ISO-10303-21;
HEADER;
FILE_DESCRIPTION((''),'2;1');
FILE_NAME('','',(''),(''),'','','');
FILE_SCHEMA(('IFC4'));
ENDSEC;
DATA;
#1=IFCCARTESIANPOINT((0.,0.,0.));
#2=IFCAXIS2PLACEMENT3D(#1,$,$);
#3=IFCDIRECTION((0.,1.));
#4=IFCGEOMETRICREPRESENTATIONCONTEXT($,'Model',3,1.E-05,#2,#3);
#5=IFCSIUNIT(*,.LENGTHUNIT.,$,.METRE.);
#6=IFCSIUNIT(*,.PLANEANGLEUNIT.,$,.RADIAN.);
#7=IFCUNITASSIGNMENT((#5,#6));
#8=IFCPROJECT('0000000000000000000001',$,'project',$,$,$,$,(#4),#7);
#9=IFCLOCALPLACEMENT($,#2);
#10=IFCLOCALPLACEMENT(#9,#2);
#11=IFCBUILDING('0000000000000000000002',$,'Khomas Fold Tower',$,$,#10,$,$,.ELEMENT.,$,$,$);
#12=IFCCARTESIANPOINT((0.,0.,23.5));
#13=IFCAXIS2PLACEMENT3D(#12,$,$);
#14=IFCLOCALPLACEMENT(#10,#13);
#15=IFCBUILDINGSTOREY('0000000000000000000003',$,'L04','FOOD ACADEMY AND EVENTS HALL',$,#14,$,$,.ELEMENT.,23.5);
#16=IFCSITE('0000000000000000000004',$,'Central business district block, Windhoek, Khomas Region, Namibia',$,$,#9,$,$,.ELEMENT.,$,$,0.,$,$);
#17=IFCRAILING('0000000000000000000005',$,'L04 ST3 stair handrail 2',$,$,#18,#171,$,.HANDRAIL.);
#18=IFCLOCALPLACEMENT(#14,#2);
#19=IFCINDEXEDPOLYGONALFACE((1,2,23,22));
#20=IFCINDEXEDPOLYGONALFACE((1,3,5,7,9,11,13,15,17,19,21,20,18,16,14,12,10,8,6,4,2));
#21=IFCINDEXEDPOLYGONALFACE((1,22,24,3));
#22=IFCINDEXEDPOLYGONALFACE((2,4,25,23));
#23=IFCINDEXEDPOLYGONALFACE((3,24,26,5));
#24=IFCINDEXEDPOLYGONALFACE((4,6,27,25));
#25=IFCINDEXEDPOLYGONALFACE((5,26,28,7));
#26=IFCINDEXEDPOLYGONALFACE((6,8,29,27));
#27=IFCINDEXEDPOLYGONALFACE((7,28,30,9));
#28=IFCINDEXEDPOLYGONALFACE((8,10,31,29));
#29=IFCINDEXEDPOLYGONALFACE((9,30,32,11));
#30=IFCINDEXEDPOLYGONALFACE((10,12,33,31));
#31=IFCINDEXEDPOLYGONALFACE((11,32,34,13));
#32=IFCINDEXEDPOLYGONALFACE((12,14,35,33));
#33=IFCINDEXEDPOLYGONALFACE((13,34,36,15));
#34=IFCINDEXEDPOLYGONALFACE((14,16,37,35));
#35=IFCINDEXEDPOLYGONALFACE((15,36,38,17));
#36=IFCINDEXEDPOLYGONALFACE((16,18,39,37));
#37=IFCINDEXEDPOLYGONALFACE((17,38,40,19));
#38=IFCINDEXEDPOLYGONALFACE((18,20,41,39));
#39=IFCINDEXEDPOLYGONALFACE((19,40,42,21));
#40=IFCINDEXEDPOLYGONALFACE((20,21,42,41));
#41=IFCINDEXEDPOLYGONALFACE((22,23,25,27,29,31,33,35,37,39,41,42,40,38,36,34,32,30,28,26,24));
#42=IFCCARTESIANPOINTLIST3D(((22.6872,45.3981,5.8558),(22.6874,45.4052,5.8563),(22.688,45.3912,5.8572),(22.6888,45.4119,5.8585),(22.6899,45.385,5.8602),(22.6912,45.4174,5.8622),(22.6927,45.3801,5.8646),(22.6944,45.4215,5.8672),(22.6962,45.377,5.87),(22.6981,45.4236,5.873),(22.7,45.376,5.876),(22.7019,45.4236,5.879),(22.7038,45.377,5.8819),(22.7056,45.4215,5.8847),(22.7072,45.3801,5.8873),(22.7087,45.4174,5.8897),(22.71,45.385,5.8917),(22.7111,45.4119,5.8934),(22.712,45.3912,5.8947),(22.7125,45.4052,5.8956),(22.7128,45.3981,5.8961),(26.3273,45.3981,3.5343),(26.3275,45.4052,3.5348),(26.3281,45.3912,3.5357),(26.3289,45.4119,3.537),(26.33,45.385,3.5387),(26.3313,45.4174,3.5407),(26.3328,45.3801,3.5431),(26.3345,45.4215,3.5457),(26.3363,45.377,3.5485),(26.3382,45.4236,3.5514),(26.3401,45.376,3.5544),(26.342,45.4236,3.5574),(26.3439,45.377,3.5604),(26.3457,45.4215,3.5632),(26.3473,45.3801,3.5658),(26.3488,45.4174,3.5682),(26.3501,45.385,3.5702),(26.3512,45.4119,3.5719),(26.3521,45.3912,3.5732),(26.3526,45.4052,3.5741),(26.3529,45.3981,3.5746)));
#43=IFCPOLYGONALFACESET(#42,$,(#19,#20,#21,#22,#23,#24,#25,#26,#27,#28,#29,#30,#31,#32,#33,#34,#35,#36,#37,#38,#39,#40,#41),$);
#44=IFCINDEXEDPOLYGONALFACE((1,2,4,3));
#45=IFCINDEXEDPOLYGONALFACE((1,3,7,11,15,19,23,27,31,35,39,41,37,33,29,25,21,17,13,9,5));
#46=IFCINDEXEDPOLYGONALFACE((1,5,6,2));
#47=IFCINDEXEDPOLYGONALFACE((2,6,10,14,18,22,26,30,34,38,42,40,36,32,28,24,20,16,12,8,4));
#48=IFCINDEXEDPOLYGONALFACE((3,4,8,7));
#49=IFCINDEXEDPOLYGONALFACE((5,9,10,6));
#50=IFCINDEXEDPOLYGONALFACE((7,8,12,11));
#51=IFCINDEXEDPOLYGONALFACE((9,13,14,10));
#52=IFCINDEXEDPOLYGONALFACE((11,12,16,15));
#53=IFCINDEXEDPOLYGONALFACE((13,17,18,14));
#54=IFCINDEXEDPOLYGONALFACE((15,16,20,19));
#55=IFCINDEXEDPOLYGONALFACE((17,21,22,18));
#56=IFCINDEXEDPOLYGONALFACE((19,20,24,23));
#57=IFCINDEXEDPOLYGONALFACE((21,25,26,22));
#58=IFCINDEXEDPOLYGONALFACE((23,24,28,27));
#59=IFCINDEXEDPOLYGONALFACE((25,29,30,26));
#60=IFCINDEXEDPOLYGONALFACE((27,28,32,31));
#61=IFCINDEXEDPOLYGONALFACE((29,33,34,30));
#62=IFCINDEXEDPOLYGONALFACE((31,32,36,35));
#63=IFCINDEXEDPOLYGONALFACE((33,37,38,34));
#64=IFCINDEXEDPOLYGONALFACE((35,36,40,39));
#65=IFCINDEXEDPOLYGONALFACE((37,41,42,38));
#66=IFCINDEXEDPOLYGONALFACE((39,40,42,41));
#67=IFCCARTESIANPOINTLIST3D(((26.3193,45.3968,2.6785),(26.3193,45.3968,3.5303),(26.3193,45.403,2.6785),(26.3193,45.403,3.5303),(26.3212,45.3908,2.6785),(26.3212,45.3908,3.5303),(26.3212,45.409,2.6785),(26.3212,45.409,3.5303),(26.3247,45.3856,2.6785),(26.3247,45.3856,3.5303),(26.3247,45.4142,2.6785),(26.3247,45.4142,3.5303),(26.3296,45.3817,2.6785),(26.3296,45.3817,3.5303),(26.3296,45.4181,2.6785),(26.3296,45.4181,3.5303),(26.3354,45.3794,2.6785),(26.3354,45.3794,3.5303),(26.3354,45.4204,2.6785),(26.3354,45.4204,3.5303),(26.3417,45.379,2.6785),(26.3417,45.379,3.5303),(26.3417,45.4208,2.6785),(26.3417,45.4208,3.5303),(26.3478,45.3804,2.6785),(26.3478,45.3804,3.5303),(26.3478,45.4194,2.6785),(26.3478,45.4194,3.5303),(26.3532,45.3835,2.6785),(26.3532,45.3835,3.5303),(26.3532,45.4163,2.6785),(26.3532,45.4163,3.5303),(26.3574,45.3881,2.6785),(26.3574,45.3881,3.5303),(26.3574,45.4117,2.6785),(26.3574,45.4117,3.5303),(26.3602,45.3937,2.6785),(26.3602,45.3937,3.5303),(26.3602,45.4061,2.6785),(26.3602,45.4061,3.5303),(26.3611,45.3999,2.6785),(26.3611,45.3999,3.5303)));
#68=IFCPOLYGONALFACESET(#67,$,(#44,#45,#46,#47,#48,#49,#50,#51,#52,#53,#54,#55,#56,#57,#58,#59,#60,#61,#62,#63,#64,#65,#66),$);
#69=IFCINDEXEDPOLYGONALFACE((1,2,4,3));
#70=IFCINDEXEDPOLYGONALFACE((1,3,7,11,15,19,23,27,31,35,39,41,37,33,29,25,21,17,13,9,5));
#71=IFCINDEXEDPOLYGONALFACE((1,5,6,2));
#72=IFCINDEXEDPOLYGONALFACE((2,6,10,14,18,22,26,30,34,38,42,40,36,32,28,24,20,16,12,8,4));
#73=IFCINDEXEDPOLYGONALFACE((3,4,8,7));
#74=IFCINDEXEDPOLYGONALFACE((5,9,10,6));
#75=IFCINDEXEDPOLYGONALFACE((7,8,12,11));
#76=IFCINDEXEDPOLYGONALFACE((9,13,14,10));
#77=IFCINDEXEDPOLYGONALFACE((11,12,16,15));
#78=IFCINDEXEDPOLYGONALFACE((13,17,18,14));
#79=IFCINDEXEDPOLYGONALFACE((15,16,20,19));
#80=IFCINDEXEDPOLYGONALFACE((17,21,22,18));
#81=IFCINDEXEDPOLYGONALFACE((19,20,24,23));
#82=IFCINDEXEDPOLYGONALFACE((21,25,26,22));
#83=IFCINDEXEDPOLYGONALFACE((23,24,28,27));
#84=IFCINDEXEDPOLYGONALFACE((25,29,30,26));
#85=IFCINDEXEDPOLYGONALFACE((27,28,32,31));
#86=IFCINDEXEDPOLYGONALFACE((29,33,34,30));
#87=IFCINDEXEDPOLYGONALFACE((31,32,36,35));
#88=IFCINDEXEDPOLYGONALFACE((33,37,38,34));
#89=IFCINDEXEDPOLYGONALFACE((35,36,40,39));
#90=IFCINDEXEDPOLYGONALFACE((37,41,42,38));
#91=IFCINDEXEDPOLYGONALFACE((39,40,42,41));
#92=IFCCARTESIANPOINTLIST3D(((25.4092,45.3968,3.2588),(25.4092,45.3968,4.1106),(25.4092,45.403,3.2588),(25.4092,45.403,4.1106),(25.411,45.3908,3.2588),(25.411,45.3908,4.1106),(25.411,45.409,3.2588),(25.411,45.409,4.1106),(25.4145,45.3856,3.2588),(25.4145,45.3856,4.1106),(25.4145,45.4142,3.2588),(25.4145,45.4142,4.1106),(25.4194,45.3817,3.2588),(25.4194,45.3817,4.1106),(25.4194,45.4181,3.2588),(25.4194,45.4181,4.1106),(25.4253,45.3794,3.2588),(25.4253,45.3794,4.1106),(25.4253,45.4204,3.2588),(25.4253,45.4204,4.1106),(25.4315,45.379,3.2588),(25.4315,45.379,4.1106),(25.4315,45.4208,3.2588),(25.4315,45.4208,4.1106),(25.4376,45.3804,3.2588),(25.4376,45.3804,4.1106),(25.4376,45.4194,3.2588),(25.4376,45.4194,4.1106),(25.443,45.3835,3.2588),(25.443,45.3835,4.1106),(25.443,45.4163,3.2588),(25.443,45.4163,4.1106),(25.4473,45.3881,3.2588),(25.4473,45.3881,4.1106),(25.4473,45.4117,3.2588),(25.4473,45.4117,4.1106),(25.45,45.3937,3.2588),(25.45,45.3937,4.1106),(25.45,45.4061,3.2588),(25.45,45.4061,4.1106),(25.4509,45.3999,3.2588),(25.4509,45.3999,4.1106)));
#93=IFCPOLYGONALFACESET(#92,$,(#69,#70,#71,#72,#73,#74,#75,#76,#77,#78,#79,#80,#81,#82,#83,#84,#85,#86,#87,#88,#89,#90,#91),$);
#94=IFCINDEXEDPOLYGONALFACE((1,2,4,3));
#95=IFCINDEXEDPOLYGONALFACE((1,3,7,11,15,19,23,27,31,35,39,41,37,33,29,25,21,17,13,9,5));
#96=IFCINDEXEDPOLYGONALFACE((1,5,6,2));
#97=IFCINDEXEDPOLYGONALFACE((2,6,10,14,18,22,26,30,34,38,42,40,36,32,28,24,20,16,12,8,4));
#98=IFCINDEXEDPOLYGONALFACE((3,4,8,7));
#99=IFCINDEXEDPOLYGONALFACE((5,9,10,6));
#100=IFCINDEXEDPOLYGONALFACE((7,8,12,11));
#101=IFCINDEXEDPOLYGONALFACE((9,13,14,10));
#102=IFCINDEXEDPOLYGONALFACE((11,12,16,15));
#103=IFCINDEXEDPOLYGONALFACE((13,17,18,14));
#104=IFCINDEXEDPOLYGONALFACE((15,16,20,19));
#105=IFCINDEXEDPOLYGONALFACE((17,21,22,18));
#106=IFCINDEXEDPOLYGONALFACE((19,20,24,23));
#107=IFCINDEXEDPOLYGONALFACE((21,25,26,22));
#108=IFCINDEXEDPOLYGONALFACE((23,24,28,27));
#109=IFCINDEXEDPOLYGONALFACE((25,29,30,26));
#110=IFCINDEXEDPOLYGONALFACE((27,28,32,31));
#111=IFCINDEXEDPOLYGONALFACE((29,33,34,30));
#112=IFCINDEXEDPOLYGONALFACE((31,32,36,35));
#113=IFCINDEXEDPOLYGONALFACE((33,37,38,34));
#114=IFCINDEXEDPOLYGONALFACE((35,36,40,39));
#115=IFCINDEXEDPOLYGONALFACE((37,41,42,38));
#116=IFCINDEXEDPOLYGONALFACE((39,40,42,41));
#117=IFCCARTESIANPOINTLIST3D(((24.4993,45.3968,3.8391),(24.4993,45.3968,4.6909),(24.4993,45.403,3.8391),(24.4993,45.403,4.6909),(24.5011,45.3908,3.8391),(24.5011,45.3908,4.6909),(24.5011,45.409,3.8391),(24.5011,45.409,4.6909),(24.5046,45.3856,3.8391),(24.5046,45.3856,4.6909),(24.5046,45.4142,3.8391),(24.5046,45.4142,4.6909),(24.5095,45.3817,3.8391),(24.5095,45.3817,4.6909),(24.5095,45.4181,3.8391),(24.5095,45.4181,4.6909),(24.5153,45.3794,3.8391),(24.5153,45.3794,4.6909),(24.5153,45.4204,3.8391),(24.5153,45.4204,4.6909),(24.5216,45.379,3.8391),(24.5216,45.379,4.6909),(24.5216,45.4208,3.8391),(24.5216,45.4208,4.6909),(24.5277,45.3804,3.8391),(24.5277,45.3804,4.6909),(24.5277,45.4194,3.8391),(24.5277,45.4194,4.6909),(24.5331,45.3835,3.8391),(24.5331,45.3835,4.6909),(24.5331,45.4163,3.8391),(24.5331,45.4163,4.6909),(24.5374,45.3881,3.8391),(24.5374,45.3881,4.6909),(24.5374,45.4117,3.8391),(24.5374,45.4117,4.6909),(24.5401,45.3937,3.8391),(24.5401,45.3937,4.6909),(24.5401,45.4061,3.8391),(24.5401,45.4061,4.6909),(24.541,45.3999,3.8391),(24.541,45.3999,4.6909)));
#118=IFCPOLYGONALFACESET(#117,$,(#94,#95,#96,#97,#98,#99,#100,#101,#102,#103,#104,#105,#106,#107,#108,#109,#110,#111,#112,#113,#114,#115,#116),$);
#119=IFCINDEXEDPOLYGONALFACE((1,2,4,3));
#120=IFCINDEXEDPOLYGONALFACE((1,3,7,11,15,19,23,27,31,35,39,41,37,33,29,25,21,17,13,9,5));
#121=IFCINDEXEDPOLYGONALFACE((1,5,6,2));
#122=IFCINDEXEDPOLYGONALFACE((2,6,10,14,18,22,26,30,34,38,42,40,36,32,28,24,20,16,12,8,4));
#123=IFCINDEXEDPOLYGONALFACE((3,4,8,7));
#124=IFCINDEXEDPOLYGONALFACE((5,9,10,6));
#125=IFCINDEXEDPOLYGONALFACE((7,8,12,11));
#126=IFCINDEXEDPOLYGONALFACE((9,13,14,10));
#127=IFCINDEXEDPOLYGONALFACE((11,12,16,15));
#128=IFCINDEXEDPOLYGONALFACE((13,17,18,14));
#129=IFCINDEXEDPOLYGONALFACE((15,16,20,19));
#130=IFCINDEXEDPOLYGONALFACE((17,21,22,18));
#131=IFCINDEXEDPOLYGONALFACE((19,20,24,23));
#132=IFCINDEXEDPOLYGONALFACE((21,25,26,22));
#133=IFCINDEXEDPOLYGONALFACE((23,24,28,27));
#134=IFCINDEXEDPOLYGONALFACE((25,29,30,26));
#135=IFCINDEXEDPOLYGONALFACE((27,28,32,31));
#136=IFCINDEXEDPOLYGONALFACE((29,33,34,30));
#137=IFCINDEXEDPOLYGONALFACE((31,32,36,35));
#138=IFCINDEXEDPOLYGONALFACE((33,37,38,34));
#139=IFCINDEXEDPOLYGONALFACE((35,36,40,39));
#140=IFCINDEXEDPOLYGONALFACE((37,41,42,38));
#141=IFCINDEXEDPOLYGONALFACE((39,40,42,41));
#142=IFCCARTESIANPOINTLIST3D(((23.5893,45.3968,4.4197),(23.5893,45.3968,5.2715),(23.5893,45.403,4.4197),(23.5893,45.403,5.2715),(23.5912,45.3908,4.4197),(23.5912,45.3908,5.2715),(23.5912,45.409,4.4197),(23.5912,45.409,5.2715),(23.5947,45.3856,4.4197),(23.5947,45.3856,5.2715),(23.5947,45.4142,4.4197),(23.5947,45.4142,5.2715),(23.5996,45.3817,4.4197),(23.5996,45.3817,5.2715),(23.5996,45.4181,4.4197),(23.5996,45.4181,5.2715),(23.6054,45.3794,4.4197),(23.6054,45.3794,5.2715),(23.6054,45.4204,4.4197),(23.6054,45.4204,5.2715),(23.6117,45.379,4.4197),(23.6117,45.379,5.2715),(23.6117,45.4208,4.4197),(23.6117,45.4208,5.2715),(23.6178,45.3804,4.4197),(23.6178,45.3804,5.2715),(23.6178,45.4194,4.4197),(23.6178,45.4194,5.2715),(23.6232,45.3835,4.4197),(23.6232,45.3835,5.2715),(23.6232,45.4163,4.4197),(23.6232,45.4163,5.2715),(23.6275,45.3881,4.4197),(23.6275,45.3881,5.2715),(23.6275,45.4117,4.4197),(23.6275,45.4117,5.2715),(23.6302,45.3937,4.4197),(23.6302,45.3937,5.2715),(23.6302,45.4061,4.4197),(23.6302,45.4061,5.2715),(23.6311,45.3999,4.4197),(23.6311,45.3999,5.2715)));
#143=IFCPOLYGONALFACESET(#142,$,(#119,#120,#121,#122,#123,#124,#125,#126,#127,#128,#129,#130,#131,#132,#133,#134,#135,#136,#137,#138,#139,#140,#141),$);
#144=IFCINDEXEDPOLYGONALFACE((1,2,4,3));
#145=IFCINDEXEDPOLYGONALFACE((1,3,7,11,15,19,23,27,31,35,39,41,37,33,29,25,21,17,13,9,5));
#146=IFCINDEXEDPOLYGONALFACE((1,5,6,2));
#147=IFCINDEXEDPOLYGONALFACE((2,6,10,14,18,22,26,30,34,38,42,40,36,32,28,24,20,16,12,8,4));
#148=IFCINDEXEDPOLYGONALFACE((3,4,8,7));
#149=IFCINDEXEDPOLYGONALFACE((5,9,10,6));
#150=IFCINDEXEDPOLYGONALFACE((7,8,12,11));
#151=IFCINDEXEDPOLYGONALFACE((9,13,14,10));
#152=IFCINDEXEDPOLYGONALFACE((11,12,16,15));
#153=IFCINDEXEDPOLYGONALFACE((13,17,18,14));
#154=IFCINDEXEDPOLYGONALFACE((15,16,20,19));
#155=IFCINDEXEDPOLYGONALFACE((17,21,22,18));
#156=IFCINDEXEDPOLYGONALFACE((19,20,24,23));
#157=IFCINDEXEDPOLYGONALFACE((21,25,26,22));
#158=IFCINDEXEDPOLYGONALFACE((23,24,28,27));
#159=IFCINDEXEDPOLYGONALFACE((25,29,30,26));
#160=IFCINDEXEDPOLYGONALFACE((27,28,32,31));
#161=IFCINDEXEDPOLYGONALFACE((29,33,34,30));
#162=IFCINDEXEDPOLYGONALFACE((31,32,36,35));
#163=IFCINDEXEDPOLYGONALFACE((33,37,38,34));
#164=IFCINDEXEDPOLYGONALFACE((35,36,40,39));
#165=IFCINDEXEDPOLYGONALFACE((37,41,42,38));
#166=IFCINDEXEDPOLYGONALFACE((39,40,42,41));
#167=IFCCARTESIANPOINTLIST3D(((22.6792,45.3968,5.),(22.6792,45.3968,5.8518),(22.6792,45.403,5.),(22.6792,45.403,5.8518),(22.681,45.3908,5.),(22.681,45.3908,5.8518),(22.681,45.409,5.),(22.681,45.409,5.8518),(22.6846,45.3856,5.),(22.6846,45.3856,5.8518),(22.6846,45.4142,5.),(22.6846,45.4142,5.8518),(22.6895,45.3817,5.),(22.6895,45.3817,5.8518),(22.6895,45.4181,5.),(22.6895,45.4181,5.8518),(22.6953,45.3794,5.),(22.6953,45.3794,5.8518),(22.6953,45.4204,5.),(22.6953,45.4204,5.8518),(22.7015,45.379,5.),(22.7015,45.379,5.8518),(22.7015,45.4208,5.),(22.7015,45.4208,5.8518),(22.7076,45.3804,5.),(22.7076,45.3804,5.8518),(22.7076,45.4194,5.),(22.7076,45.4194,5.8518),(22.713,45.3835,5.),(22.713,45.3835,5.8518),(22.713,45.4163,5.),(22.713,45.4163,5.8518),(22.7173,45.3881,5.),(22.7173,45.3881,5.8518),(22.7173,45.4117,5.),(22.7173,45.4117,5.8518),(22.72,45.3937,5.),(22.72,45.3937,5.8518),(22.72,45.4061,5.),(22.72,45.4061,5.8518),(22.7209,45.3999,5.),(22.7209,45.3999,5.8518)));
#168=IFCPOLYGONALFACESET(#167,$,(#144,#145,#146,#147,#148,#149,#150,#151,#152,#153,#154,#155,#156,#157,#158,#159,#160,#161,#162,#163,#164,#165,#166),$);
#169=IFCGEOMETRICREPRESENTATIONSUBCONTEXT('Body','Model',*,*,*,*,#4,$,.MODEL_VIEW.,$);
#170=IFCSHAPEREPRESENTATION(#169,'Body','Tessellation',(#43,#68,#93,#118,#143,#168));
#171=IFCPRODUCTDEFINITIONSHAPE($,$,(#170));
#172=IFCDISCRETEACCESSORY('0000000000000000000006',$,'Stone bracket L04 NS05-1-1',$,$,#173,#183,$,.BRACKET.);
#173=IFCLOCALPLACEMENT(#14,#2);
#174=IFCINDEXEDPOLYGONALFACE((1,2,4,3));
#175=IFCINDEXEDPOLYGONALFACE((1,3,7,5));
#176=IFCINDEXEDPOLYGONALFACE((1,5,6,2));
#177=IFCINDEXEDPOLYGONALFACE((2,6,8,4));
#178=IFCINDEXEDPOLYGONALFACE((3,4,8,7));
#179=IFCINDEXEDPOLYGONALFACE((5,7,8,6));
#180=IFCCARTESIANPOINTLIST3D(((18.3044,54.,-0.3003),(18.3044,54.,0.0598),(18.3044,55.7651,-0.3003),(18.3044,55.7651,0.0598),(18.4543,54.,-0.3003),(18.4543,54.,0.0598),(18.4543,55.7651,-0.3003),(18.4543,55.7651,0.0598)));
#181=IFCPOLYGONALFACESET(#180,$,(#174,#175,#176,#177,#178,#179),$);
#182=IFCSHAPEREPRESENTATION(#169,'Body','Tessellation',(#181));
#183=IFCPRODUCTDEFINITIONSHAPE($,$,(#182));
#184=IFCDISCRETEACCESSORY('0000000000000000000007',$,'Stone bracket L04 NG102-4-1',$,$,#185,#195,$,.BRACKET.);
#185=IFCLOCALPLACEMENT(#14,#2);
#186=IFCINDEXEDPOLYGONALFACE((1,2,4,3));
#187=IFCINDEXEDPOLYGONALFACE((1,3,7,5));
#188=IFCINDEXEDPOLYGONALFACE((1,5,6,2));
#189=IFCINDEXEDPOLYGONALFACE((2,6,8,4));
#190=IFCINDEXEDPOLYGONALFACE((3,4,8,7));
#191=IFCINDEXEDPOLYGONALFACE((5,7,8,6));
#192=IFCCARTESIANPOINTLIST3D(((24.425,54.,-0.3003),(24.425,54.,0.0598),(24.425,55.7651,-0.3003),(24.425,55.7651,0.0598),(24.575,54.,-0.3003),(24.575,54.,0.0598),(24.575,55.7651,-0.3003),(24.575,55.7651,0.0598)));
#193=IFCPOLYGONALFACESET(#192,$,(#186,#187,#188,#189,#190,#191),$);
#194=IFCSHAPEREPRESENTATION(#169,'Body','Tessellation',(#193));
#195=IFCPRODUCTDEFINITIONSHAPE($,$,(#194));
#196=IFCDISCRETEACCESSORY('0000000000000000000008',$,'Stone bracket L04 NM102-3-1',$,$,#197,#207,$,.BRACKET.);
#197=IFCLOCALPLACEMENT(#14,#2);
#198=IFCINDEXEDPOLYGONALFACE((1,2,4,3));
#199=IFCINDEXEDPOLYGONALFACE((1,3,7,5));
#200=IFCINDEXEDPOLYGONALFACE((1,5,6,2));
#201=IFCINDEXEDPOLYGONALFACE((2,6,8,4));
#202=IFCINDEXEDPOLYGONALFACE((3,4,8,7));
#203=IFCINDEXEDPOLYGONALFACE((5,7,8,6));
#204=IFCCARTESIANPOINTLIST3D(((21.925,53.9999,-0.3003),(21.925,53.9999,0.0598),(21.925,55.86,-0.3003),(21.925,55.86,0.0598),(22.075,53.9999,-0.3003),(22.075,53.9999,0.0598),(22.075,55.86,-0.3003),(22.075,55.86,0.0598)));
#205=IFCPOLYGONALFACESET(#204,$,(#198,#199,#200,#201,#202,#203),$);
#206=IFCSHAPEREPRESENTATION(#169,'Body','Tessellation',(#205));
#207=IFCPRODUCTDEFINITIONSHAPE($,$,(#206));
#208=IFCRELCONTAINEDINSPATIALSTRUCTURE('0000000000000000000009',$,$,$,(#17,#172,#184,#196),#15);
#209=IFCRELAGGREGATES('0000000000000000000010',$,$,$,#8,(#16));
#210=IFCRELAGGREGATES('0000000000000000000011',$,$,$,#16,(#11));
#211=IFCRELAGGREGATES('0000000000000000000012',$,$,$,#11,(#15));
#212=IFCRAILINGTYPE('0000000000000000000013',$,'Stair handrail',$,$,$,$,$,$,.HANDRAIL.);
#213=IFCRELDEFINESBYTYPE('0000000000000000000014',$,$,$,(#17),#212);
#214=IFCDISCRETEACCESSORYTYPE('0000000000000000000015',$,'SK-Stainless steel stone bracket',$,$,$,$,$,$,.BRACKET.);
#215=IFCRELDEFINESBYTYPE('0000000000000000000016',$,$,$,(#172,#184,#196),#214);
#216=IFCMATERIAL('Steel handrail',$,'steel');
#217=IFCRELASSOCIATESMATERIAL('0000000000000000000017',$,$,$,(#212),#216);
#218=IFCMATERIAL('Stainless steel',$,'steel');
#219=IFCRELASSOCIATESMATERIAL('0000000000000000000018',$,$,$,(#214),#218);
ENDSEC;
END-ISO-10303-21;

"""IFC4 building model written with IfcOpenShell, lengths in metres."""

from ifc_helpers import new_model, si_unit, direction, frame, origin, origin_2d, place, context, subcontext, project, spatial, rectangle, circle, extrude, source, transform, mapped, material, type_object, element, save


model = new_model("IFC4")

# Units and contexts
model_context = context("Model", 3, precision=1e-05, world=origin(), true_north=direction((0.0, 1.0)))
body_context = subcontext(model_context, "Body", "Model", "MODEL_VIEW")
ifc_project = project(units=[si_unit("LENGTHUNIT", "METRE"), si_unit("PLANEANGLEUNIT", "RADIAN")], contexts=[model_context])

# Site, building, storey
site_placement = place(None, origin())
site = spatial("IfcSite", under=ifc_project, at=site_placement, Name="Central business district block, Windhoek, Khomas Region, Namibia", CompositionType="ELEMENT", RefElevation=0.0)
building_placement = place(site_placement, origin())
building = spatial("IfcBuilding", under=site, at=building_placement, Name="Khomas Fold Tower", CompositionType="ELEMENT")
storey_placement = place(building_placement, frame((0.0, 0.0, 23.5)))
storey = spatial("IfcBuildingStorey", under=building, at=storey_placement, Name="L04", Description="FOOD ACADEMY AND EVENTS HALL", CompositionType="ELEMENT", Elevation=23.5)

# Railing
ifc_material_1 = material(Name="Steel handrail", Category="steel")
railing_type_1 = type_object("IfcRailingType", Name="Stair handrail", PredefinedType="HANDRAIL", material=ifc_material_1)
shared_shape_1 = source(origin(), body_context, "Body", "SweptSolid", [
    extrude(circle(Radius=0.0239, at=origin_2d()), frame((0.0, 0.0, 0.876), z_axis=(-0.843128, 0.0, 0.537713), x_axis=(0.0, -1.0, 0.0)), (0.0, 0.0, 1.0), 4.3174),
    extrude(circle(Radius=0.021, at=origin_2d()), origin(), (0.0, 0.0, 1.0), 0.8518),
    extrude(circle(Radius=0.021, at=origin_2d()), frame((-0.9102, 0.0, 0.5803)), (0.0, 0.0, 1.0), 0.8518),
    extrude(circle(Radius=0.021, at=origin_2d()), frame((-1.8201, 0.0, 1.1606)), (0.0, 0.0, 1.0), 0.8518),
    extrude(circle(Radius=0.021, at=origin_2d()), frame((-2.73, 0.0, 1.7412)), (0.0, 0.0, 1.0), 0.8518),
    extrude(circle(Radius=0.021, at=origin_2d()), frame((-3.6401, 0.0, 2.3215)), (0.0, 0.0, 1.0), 0.8518),
])
railing_1_placement = place(storey_placement, frame((26.3401, 45.3999, 2.6785)))
element("IfcRailing", 1, at=railing_1_placement, inside=storey, type_object=railing_type_1, Name="L04 ST3 stair handrail 2", PredefinedType="HANDRAIL", context=body_context, shape_type="MappedRepresentation", body=[
    mapped(shared_shape_1, transform((0.0, 0.0, 0.0))),
])

# Discrete accessories
ifc_material_2 = material(Name="Stainless steel", Category="steel")
discrete_accessory_type = type_object("IfcDiscreteAccessoryType", Name="SK-Stainless steel stone bracket", PredefinedType="BRACKET", material=ifc_material_2)
shared_shape_2 = source(origin(), body_context, "Body", "SweptSolid", [
    extrude(rectangle(XDim=1.7651, YDim=0.1499, at=origin_2d()), origin(), (0.0, 0.0, 1.0), 0.3601),
])
for number, where, z_axis, x_axis, name in (
    (2, (18.3794, 54.8826, -0.3003), (0.0, 0.0, 1.0), (0.0, 1.0, 0.0), "Stone bracket L04 NS05-1-1"),
    (3, (24.5, 54.8826, -0.3003), (0.0, 0.0, 1.0), (0.0, 1.0, 0.0), "Stone bracket L04 NG102-4-1"),
):
    element("IfcDiscreteAccessory", number, at=place(storey_placement, frame(where, z_axis=z_axis, x_axis=x_axis)), inside=storey, type_object=discrete_accessory_type, Name=name, PredefinedType="BRACKET", context=body_context, shape_type="MappedRepresentation", body=[
        mapped(shared_shape_2, transform((0.0, 0.0, 0.0))),
    ])
shared_shape_3 = source(origin(), body_context, "Body", "SweptSolid", [
    extrude(rectangle(XDim=1.8601, YDim=0.1499, at=origin_2d()), origin(), (0.0, 0.0, 1.0), 0.3601),
])
discrete_accessory_placement = place(storey_placement, frame((22.0, 54.9299, -0.3003), z_axis=(0.0, 0.0, 1.0), x_axis=(0.0, 1.0, 0.0)))
element("IfcDiscreteAccessory", 4, at=discrete_accessory_placement, inside=storey, type_object=discrete_accessory_type, Name="Stone bracket L04 NM102-3-1", PredefinedType="BRACKET", context=body_context, shape_type="MappedRepresentation", body=[
    mapped(shared_shape_3, transform((0.0, 0.0, 0.0))),
])

save(model, "model.ifc")
